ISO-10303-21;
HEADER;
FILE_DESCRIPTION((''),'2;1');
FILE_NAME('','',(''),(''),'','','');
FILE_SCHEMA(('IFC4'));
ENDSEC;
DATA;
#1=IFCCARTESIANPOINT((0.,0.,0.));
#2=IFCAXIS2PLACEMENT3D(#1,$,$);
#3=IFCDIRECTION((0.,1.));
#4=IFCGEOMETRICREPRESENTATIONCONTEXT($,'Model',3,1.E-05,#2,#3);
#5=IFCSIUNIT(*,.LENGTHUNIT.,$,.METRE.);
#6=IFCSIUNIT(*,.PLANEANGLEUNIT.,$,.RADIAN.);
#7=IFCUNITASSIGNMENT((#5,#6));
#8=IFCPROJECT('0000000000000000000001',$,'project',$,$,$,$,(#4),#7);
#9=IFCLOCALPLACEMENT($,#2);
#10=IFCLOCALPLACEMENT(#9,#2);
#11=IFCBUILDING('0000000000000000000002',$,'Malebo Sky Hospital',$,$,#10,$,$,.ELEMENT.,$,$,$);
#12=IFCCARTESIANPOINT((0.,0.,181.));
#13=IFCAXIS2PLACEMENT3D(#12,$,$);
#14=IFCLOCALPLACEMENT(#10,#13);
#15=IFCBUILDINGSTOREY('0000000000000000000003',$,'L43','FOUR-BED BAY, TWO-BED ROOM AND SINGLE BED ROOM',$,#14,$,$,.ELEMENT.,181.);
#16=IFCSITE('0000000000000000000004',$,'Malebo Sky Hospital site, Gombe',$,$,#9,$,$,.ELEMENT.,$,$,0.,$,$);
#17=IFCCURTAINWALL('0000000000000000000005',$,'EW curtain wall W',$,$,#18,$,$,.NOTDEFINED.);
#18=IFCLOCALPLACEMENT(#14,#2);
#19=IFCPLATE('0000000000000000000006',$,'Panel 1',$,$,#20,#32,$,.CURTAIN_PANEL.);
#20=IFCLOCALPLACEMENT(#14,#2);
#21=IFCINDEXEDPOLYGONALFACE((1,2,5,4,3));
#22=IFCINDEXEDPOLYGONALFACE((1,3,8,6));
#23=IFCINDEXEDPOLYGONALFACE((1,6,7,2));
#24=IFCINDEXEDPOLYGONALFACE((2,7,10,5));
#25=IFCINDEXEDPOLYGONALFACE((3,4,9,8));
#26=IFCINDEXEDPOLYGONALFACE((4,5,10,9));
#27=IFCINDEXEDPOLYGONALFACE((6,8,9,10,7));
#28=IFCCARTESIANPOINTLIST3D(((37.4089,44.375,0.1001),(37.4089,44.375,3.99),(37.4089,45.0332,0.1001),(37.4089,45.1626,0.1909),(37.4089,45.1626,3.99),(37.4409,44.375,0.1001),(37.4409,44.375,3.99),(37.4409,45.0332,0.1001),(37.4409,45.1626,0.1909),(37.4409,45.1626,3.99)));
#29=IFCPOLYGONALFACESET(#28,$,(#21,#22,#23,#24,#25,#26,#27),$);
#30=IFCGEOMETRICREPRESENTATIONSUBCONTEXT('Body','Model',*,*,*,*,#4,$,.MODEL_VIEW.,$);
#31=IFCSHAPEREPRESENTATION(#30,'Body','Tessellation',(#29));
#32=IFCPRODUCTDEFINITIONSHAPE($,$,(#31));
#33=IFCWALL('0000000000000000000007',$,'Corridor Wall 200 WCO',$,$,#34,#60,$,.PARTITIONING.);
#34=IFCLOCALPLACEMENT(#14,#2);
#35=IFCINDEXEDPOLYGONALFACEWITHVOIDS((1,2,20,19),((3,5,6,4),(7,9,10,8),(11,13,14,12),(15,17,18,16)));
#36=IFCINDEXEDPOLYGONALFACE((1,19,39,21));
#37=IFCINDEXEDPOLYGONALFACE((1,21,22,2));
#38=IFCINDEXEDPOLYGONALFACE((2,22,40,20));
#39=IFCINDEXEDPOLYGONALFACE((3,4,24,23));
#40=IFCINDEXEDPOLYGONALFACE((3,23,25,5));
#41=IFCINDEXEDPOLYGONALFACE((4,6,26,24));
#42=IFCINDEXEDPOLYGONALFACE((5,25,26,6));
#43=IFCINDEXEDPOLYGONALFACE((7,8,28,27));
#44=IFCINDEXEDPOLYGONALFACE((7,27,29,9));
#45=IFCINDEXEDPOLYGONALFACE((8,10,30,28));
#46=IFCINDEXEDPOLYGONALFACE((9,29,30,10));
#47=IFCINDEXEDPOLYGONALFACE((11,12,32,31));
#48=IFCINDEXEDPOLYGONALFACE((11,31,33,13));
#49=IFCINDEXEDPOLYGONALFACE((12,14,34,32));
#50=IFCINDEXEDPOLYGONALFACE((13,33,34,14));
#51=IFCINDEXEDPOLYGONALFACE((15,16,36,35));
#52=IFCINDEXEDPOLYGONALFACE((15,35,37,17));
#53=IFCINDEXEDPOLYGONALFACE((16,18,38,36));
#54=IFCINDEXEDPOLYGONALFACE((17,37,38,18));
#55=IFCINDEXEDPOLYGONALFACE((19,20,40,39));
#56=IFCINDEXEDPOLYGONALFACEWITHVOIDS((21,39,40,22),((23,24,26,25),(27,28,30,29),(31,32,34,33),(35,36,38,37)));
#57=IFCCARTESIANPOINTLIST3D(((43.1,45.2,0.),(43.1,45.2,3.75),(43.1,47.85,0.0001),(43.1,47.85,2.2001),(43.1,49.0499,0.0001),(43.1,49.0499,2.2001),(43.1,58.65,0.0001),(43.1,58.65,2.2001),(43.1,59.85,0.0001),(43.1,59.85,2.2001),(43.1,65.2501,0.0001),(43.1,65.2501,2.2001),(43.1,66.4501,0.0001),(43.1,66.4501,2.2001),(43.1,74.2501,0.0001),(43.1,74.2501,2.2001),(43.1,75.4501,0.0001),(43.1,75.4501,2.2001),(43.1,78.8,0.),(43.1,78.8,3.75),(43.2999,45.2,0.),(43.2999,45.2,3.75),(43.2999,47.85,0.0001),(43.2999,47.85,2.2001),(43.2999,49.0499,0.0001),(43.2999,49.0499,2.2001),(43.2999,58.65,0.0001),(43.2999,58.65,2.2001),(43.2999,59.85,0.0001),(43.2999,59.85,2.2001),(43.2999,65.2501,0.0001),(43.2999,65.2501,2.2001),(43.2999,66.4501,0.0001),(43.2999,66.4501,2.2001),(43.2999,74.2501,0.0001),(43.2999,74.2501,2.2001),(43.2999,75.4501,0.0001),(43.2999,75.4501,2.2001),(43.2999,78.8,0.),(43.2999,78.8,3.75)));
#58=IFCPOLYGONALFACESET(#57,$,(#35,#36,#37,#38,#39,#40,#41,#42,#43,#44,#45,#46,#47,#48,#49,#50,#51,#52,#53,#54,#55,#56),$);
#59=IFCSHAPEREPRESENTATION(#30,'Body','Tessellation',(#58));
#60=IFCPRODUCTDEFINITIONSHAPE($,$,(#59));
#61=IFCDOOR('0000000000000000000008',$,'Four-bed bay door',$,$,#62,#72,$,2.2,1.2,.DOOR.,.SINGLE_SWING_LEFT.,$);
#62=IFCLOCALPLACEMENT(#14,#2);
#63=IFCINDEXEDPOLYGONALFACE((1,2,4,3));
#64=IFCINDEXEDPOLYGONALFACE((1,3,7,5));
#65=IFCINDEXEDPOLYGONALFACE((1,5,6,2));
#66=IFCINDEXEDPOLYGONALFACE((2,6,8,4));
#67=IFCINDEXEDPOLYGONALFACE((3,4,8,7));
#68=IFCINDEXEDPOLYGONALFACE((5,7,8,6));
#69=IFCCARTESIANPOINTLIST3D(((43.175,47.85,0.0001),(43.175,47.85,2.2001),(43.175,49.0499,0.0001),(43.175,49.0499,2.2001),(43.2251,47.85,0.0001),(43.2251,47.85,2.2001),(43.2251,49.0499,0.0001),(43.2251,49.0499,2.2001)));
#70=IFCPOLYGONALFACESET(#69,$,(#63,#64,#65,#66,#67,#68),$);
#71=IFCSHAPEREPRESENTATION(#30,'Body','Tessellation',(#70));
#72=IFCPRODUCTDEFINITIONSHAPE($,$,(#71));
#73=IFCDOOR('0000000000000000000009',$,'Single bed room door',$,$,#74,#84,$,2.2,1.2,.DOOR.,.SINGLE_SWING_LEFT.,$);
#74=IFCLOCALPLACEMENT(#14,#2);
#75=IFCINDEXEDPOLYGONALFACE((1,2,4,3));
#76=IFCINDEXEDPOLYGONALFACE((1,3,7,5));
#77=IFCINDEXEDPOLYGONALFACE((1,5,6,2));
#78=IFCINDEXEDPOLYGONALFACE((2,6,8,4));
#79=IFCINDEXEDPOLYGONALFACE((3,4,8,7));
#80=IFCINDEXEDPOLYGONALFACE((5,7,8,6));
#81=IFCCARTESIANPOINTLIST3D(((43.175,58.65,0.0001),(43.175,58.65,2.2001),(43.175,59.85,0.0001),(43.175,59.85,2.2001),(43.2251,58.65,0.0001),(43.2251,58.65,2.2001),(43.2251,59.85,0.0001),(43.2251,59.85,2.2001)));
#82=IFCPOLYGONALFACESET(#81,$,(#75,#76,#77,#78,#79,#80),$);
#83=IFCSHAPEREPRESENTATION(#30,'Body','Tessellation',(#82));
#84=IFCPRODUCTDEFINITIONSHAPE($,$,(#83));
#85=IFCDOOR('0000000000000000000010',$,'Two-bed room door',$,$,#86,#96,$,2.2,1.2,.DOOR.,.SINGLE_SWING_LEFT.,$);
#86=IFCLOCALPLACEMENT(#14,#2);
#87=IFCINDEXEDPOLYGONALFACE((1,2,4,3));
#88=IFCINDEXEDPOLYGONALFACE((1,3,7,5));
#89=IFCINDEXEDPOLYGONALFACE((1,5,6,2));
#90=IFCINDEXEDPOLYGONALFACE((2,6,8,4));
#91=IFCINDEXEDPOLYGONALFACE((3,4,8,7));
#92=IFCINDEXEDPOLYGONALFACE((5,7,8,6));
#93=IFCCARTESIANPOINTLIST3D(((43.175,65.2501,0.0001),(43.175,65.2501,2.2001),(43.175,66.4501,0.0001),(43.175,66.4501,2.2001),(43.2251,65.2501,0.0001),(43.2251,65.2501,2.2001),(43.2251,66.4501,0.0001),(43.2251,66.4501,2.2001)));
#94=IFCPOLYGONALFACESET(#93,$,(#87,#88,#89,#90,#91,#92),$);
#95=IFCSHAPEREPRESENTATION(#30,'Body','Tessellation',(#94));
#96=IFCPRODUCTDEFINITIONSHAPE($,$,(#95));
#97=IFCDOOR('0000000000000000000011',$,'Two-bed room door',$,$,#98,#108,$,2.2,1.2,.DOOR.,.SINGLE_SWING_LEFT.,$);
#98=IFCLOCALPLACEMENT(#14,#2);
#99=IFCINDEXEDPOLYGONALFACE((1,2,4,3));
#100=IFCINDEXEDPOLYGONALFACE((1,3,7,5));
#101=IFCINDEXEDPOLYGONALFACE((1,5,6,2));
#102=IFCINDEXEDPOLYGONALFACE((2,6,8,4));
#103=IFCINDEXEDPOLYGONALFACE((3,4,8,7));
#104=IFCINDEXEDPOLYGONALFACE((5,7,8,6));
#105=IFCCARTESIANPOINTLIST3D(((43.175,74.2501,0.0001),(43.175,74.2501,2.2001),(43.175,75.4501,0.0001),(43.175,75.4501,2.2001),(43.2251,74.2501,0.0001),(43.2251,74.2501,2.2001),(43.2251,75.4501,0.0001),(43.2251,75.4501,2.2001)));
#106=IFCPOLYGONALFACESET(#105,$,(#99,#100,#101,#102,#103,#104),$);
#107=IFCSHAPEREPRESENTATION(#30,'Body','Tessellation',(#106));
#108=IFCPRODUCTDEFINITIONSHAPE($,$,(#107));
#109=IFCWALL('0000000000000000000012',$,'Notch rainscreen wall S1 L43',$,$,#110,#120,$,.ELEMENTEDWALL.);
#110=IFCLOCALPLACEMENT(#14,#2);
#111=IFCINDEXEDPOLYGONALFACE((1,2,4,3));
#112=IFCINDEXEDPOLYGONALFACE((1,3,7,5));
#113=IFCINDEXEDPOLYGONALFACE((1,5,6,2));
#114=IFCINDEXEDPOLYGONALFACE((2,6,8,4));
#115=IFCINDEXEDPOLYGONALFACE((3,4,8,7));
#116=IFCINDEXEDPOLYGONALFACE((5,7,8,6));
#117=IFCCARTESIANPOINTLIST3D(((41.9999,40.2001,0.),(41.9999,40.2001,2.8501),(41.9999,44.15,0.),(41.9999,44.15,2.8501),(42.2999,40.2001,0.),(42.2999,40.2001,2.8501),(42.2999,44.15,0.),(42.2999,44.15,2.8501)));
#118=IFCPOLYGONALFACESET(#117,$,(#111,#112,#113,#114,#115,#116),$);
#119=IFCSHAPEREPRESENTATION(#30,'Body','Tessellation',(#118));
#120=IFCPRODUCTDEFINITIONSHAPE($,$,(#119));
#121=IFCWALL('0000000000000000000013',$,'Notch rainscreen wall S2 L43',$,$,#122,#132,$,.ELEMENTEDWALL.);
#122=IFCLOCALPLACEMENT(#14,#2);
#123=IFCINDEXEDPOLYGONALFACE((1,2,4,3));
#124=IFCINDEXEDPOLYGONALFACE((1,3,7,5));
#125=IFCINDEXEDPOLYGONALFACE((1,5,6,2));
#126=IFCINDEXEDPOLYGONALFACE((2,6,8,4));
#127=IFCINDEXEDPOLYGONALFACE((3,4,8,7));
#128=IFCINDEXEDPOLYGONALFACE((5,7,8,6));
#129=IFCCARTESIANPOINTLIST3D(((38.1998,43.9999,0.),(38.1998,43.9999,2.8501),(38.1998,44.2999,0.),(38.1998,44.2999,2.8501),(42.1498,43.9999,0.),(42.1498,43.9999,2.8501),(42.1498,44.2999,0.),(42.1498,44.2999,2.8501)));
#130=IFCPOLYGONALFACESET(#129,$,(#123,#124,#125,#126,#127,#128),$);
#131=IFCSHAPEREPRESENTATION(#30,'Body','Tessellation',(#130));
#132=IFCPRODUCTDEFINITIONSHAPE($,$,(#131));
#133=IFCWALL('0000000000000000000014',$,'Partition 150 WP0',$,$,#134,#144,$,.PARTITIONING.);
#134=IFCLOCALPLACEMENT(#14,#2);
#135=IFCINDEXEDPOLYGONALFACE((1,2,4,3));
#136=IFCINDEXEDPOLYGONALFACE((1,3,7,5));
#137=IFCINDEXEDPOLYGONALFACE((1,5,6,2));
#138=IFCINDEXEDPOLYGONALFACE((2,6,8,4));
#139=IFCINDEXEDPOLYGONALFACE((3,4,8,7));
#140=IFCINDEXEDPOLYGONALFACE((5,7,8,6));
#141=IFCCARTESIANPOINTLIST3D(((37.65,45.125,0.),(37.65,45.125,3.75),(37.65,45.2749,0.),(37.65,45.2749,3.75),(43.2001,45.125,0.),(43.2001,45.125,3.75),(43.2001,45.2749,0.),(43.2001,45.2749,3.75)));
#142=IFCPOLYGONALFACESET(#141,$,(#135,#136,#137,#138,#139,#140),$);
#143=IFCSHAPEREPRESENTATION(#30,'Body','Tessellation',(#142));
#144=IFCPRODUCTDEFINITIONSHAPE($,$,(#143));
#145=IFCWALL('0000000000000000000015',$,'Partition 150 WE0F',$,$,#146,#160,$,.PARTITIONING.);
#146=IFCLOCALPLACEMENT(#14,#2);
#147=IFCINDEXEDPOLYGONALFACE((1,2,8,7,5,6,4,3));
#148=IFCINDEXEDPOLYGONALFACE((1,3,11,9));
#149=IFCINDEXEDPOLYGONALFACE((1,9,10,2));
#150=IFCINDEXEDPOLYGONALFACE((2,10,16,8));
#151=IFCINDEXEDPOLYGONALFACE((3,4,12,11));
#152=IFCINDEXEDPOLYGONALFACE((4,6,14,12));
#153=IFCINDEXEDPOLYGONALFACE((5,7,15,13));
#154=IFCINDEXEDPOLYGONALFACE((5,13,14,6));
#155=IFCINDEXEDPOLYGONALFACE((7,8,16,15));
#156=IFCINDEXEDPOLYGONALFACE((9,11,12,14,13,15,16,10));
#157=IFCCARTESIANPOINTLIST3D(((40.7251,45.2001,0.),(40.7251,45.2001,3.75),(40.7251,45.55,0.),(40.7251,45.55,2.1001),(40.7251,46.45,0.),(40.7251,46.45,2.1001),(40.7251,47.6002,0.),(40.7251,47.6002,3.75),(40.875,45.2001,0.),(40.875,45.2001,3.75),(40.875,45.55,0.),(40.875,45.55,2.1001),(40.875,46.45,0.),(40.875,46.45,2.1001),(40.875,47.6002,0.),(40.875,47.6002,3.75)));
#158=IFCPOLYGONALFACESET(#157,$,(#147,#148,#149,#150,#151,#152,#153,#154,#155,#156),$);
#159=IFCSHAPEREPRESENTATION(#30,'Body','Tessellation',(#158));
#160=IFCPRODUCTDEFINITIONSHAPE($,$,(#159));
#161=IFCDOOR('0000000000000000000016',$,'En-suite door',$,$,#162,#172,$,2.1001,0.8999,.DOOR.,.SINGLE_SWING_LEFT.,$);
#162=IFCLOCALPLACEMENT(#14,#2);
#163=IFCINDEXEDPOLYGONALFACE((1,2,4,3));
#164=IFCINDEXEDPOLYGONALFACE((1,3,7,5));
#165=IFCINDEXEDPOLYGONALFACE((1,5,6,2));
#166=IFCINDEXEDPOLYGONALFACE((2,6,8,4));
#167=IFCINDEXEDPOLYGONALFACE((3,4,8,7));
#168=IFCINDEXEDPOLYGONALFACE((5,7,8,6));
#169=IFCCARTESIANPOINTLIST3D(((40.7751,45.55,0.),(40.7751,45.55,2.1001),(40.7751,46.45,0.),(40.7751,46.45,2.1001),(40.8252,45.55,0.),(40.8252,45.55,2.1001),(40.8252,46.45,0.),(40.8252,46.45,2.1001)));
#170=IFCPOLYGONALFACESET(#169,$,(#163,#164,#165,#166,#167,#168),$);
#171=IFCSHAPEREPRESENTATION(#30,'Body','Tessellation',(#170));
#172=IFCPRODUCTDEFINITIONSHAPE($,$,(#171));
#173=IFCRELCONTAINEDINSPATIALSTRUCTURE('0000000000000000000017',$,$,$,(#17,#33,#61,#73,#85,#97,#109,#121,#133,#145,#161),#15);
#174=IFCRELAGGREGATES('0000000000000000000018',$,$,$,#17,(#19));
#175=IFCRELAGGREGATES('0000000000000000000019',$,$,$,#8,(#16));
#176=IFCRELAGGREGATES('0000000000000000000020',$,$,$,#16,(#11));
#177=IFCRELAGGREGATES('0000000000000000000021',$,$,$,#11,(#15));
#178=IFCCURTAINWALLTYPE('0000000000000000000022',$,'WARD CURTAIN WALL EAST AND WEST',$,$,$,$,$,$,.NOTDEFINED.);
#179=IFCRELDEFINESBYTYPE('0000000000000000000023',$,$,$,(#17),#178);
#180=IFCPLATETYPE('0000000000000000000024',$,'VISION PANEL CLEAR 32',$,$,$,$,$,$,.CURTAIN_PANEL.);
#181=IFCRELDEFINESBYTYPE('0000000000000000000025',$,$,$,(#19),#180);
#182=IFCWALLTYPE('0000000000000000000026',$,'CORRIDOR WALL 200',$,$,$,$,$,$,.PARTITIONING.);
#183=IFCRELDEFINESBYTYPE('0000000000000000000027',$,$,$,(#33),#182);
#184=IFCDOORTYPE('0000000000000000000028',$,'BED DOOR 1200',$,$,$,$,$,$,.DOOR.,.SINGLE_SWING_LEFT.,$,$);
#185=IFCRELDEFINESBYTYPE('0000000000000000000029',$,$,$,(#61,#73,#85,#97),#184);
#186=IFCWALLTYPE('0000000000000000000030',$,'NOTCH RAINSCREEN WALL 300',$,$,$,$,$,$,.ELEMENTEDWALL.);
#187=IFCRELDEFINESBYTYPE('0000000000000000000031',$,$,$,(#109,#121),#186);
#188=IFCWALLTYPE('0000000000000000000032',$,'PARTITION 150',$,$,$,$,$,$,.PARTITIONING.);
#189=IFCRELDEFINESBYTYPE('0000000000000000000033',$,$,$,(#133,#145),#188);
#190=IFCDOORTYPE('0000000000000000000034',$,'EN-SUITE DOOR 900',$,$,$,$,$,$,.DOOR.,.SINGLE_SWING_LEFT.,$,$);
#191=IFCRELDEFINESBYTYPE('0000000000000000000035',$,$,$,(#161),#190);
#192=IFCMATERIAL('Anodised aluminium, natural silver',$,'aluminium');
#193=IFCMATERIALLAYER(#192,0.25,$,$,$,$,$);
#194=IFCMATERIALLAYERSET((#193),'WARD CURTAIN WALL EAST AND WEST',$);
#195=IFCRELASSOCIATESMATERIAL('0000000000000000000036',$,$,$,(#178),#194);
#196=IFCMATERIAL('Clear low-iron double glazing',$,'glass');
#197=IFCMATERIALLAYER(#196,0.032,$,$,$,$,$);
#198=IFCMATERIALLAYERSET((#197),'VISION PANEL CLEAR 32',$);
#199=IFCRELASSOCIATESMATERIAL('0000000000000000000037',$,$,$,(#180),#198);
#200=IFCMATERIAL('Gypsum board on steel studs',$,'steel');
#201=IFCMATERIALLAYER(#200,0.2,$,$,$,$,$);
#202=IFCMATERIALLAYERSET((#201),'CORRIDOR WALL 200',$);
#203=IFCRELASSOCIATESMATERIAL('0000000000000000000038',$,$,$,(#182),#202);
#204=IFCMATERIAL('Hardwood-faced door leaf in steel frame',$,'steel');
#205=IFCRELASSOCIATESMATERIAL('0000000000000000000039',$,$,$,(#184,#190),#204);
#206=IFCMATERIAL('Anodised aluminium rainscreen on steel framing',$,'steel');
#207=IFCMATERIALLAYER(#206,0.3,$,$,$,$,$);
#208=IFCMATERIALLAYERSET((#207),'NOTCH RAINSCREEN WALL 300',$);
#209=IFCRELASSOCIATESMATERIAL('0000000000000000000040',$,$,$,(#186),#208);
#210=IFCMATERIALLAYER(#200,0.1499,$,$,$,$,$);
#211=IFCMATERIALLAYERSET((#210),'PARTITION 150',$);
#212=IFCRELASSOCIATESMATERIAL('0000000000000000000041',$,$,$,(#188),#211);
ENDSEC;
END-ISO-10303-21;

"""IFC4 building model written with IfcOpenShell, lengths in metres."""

from ifc_helpers import new_model, si_unit, direction, frame, frame_2d, origin, place, context, subcontext, project, spatial, polyline, rectangle, outline, extrude, material, layer, layer_set, type_object, element, fill, aggregate, save


model = new_model("IFC4")

# Units and contexts
model_context = context("Model", 3, precision=1e-05, world=origin(), true_north=direction((0.0, 1.0)))
body_context = subcontext(model_context, "Body", "Model", "MODEL_VIEW")
ifc_project = project(units=[si_unit("LENGTHUNIT", "METRE"), si_unit("PLANEANGLEUNIT", "RADIAN")], contexts=[model_context])

# Site, building, storey
site_placement = place(None, origin())
site = spatial("IfcSite", under=ifc_project, at=site_placement, Name="Malebo Sky Hospital site, Gombe", CompositionType="ELEMENT", RefElevation=0.0)
building_placement = place(site_placement, origin())
building = spatial("IfcBuilding", under=site, at=building_placement, Name="Malebo Sky Hospital", CompositionType="ELEMENT")
storey_placement = place(building_placement, frame((0.0, 0.0, 181.0)))
storey = spatial("IfcBuildingStorey", under=building, at=storey_placement, Name="L43", Description="FOUR-BED BAY, TWO-BED ROOM AND SINGLE BED ROOM", CompositionType="ELEMENT", Elevation=181.0)

# Curtain wall
ifc_material_1 = material(Name="Anodised aluminium, natural silver", Category="aluminium")
ifc_layer_1 = layer(ifc_material_1, 0.25)
ifc_layer_set_1 = layer_set([ifc_layer_1], Name="WARD CURTAIN WALL EAST AND WEST")
curtain_wall_type_1 = type_object("IfcCurtainWallType", Name="WARD CURTAIN WALL EAST AND WEST", PredefinedType="NOTDEFINED", material=ifc_layer_set_1)
curtain_wall_1_placement = place(storey_placement, origin())
curtain_wall_1 = element("IfcCurtainWall", 1, at=curtain_wall_1_placement, inside=storey, type_object=curtain_wall_type_1, Name="EW curtain wall W", PredefinedType="NOTDEFINED")

# Plate
ifc_material_2 = material(Name="Clear low-iron double glazing", Category="glass")
ifc_layer_2 = layer(ifc_material_2, 0.032)
ifc_layer_set_2 = layer_set([ifc_layer_2], Name="VISION PANEL CLEAR 32")
plate_type = type_object("IfcPlateType", Name="VISION PANEL CLEAR 32", PredefinedType="CURTAIN_PANEL", material=ifc_layer_set_2)
plate_placement = place(storey_placement, frame((37.425, 44.7688, 0.1001), z_axis=(0.0, 0.0, 1.0), x_axis=(0.0, 1.0, 0.0)))
plate = element("IfcPlate", 2, at=plate_placement, type_object=plate_type, Name="Panel 1", PredefinedType="CURTAIN_PANEL", context=body_context, shape_type="SweptSolid", body=[
    extrude(outline(polyline([(-0.3938, 0.0), (0.2644, 0.0), (0.3938, 0.0908), (0.3938, 3.8899), (-0.3938, 3.8899), (-0.3938, 0.0)])), frame((0.0, 0.0161, 0.0), z_axis=(0.0, -1.0, 0.0), x_axis=(1.0, 0.0, 0.0)), (0.0, 0.0, 1.0), 0.032),
])
aggregate(curtain_wall_1, [plate])

# Wall, openings, doors
ifc_material_3 = material(Name="Gypsum board on steel studs", Category="steel")
ifc_layer_3 = layer(ifc_material_3, 0.2)
ifc_layer_set_3 = layer_set([ifc_layer_3], Name="CORRIDOR WALL 200")
wall_type_1 = type_object("IfcWallType", Name="CORRIDOR WALL 200", PredefinedType="PARTITIONING", material=ifc_layer_set_3)
wall_1_placement = place(storey_placement, frame((43.2, 45.2, 0.0), z_axis=(0.0, 0.0, 1.0), x_axis=(0.0, 1.0, 0.0)))
wall_1 = element("IfcWall", 3, at=wall_1_placement, inside=storey, type_object=wall_type_1, Name="Corridor Wall 200 WCO", PredefinedType="PARTITIONING", context=body_context, shape_type="SweptSolid", body=[
    extrude(rectangle(XDim=33.6001, YDim=0.2, at=frame_2d((16.8, 0.0))), origin(), (0.0, 0.0, 1.0), 3.75),
])
opening_1_placement = place(wall_1_placement, frame((2.6499, 0.0, 0.0)))
opening_1 = element("IfcOpeningElement", 4, at=opening_1_placement, cuts=wall_1, PredefinedType="OPENING", context=body_context, shape_type="SweptSolid", body=[
    extrude(rectangle(XDim=1.2, YDim=2.2, at=frame_2d((0.6001, 1.1001))), frame((0.0, 0.1099, 0.0), z_axis=(0.0, -1.0, 0.0), x_axis=(1.0, 0.0, 0.0)), (0.0, 0.0, 1.0), 0.22),
])
opening_2_placement = place(wall_1_placement, frame((13.45, 0.0, 0.0)))
opening_2 = element("IfcOpeningElement", 5, at=opening_2_placement, cuts=wall_1, PredefinedType="OPENING", context=body_context, shape_type="SweptSolid", body=[
    extrude(rectangle(XDim=1.2, YDim=2.2, at=frame_2d((0.6001, 1.1001))), frame((0.0, 0.1099, 0.0), z_axis=(0.0, -1.0, 0.0), x_axis=(1.0, 0.0, 0.0)), (0.0, 0.0, 1.0), 0.22),
])
opening_3_placement = place(wall_1_placement, frame((20.05, 0.0, 0.0)))
opening_3 = element("IfcOpeningElement", 6, at=opening_3_placement, cuts=wall_1, PredefinedType="OPENING", context=body_context, shape_type="SweptSolid", body=[
    extrude(rectangle(XDim=1.2, YDim=2.2, at=frame_2d((0.6001, 1.1001))), frame((0.0, 0.1099, 0.0), z_axis=(0.0, -1.0, 0.0), x_axis=(1.0, 0.0, 0.0)), (0.0, 0.0, 1.0), 0.22),
])
opening_4_placement = place(wall_1_placement, frame((29.05, 0.0, 0.0)))
opening_4 = element("IfcOpeningElement", 7, at=opening_4_placement, cuts=wall_1, PredefinedType="OPENING", context=body_context, shape_type="SweptSolid", body=[
    extrude(rectangle(XDim=1.2, YDim=2.2, at=frame_2d((0.6001, 1.1001))), frame((0.0, 0.1099, 0.0), z_axis=(0.0, -1.0, 0.0), x_axis=(1.0, 0.0, 0.0)), (0.0, 0.0, 1.0), 0.22),
])
ifc_material_4 = material(Name="Hardwood-faced door leaf in steel frame", Category="steel")
door_type_1 = type_object("IfcDoorType", Name="BED DOOR 1200", OperationType="SINGLE_SWING_LEFT", PredefinedType="DOOR", material=ifc_material_4)
door_1_placement = place(opening_1_placement, origin())
door_1 = element("IfcDoor", 8, at=door_1_placement, inside=storey, type_object=door_type_1, Name="Four-bed bay door", OperationType="SINGLE_SWING_LEFT", OverallHeight=2.2, OverallWidth=1.2, PredefinedType="DOOR", context=body_context, shape_type="SweptSolid", body=[
    extrude(rectangle(XDim=1.2, YDim=2.2, at=frame_2d((0.6001, 1.1001))), frame((0.0, 0.0249, 0.0), z_axis=(0.0, -1.0, 0.0), x_axis=(1.0, 0.0, 0.0)), (0.0, 0.0, 1.0), 0.05),
])
fill(opening_1, door_1)
door_2_placement = place(opening_2_placement, origin())
door_2 = element("IfcDoor", 9, at=door_2_placement, inside=storey, type_object=door_type_1, Name="Single bed room door", OperationType="SINGLE_SWING_LEFT", OverallHeight=2.2, OverallWidth=1.2, PredefinedType="DOOR", context=body_context, shape_type="SweptSolid", body=[
    extrude(rectangle(XDim=1.2, YDim=2.2, at=frame_2d((0.6001, 1.1001))), frame((0.0, 0.0249, 0.0), z_axis=(0.0, -1.0, 0.0), x_axis=(1.0, 0.0, 0.0)), (0.0, 0.0, 1.0), 0.05),
])
fill(opening_2, door_2)
door_3_placement = place(opening_3_placement, origin())
door_3 = element("IfcDoor", 10, at=door_3_placement, inside=storey, type_object=door_type_1, Name="Two-bed room door", OperationType="SINGLE_SWING_LEFT", OverallHeight=2.2, OverallWidth=1.2, PredefinedType="DOOR", context=body_context, shape_type="SweptSolid", body=[
    extrude(rectangle(XDim=1.2, YDim=2.2, at=frame_2d((0.6001, 1.1001))), frame((0.0, 0.0249, 0.0), z_axis=(0.0, -1.0, 0.0), x_axis=(1.0, 0.0, 0.0)), (0.0, 0.0, 1.0), 0.05),
])
fill(opening_3, door_3)
door_4_placement = place(opening_4_placement, origin())
door_4 = element("IfcDoor", 11, at=door_4_placement, inside=storey, type_object=door_type_1, Name="Two-bed room door", OperationType="SINGLE_SWING_LEFT", OverallHeight=2.2, OverallWidth=1.2, PredefinedType="DOOR", context=body_context, shape_type="SweptSolid", body=[
    extrude(rectangle(XDim=1.2, YDim=2.2, at=frame_2d((0.6001, 1.1001))), frame((0.0, 0.0249, 0.0), z_axis=(0.0, -1.0, 0.0), x_axis=(1.0, 0.0, 0.0)), (0.0, 0.0, 1.0), 0.05),
])
fill(opening_4, door_4)

# Walls
ifc_material_5 = material(Name="Anodised aluminium rainscreen on steel framing", Category="steel")
ifc_layer_4 = layer(ifc_material_5, 0.3)
ifc_layer_set_4 = layer_set([ifc_layer_4], Name="NOTCH RAINSCREEN WALL 300")
wall_type_2 = type_object("IfcWallType", Name="NOTCH RAINSCREEN WALL 300", PredefinedType="ELEMENTEDWALL", material=ifc_layer_set_4)
for number, where, z_axis, x_axis, name in (
    (12, (42.1499, 40.2, 0.0), (0.0, 0.0, 1.0), (0.0, 1.0, 0.0), "Notch rainscreen wall S1 L43"),
    (13, (42.1499, 44.1499, 0.0), (0.0, 0.0, 1.0), (-1.0, 0.0, 0.0), "Notch rainscreen wall S2 L43"),
):
    element("IfcWall", number, at=place(storey_placement, frame(where, z_axis=z_axis, x_axis=x_axis)), inside=storey, type_object=wall_type_2, Name=name, PredefinedType="ELEMENTEDWALL", context=body_context, shape_type="SweptSolid", body=[
        extrude(rectangle(XDim=3.95, YDim=0.3, at=frame_2d((1.9751, 0.0))), origin(), (0.0, 0.0, 1.0), 2.8501),
    ])
ifc_layer_5 = layer(ifc_material_3, 0.1499)
ifc_layer_set_5 = layer_set([ifc_layer_5], Name="PARTITION 150")
wall_type_3 = type_object("IfcWallType", Name="PARTITION 150", PredefinedType="PARTITIONING", material=ifc_layer_set_5)
wall_2_placement = place(storey_placement, frame((43.2, 45.2, 0.0), z_axis=(0.0, 0.0, 1.0), x_axis=(-1.0, 0.0, 0.0)))
element("IfcWall", 14, at=wall_2_placement, inside=storey, type_object=wall_type_3, Name="Partition 150 WP0", PredefinedType="PARTITIONING", context=body_context, shape_type="SweptSolid", body=[
    extrude(rectangle(XDim=5.55, YDim=0.1499, at=frame_2d((2.7749, 0.0))), origin(), (0.0, 0.0, 1.0), 3.75),
])

# Wall, opening, door
wall_3_placement = place(storey_placement, frame((40.8, 45.2, 0.0), z_axis=(0.0, 0.0, 1.0), x_axis=(0.0, 1.0, 0.0)))
wall_3 = element("IfcWall", 15, at=wall_3_placement, inside=storey, type_object=wall_type_3, Name="Partition 150 WE0F", PredefinedType="PARTITIONING", context=body_context, shape_type="SweptSolid", body=[
    extrude(rectangle(XDim=2.4001, YDim=0.1499, at=frame_2d((1.2002, 0.0))), origin(), (0.0, 0.0, 1.0), 3.75),
])
opening_5_placement = place(wall_3_placement, frame((0.3501, 0.0, 0.0)))
opening_5 = element("IfcOpeningElement", 16, at=opening_5_placement, cuts=wall_3, PredefinedType="OPENING", context=body_context, shape_type="SweptSolid", body=[
    extrude(rectangle(XDim=0.8999, YDim=2.1001, at=frame_2d((0.45, 1.05))), frame((0.0, 0.085, 0.0), z_axis=(0.0, -1.0, 0.0), x_axis=(1.0, 0.0, 0.0)), (0.0, 0.0, 1.0), 0.1699),
])
door_type_2 = type_object("IfcDoorType", Name="EN-SUITE DOOR 900", OperationType="SINGLE_SWING_LEFT", PredefinedType="DOOR", material=ifc_material_4)
door_5_placement = place(opening_5_placement, origin())
door_5 = element("IfcDoor", 17, at=door_5_placement, inside=storey, type_object=door_type_2, Name="En-suite door", OperationType="SINGLE_SWING_LEFT", OverallHeight=2.1001, OverallWidth=0.8999, PredefinedType="DOOR", context=body_context, shape_type="SweptSolid", body=[
    extrude(rectangle(XDim=0.8999, YDim=2.1001, at=frame_2d((0.45, 1.05))), frame((0.0, 0.0249, 0.0), z_axis=(0.0, -1.0, 0.0), x_axis=(1.0, 0.0, 0.0)), (0.0, 0.0, 1.0), 0.05),
])
fill(opening_5, door_5)

save(model, "model.ifc")
